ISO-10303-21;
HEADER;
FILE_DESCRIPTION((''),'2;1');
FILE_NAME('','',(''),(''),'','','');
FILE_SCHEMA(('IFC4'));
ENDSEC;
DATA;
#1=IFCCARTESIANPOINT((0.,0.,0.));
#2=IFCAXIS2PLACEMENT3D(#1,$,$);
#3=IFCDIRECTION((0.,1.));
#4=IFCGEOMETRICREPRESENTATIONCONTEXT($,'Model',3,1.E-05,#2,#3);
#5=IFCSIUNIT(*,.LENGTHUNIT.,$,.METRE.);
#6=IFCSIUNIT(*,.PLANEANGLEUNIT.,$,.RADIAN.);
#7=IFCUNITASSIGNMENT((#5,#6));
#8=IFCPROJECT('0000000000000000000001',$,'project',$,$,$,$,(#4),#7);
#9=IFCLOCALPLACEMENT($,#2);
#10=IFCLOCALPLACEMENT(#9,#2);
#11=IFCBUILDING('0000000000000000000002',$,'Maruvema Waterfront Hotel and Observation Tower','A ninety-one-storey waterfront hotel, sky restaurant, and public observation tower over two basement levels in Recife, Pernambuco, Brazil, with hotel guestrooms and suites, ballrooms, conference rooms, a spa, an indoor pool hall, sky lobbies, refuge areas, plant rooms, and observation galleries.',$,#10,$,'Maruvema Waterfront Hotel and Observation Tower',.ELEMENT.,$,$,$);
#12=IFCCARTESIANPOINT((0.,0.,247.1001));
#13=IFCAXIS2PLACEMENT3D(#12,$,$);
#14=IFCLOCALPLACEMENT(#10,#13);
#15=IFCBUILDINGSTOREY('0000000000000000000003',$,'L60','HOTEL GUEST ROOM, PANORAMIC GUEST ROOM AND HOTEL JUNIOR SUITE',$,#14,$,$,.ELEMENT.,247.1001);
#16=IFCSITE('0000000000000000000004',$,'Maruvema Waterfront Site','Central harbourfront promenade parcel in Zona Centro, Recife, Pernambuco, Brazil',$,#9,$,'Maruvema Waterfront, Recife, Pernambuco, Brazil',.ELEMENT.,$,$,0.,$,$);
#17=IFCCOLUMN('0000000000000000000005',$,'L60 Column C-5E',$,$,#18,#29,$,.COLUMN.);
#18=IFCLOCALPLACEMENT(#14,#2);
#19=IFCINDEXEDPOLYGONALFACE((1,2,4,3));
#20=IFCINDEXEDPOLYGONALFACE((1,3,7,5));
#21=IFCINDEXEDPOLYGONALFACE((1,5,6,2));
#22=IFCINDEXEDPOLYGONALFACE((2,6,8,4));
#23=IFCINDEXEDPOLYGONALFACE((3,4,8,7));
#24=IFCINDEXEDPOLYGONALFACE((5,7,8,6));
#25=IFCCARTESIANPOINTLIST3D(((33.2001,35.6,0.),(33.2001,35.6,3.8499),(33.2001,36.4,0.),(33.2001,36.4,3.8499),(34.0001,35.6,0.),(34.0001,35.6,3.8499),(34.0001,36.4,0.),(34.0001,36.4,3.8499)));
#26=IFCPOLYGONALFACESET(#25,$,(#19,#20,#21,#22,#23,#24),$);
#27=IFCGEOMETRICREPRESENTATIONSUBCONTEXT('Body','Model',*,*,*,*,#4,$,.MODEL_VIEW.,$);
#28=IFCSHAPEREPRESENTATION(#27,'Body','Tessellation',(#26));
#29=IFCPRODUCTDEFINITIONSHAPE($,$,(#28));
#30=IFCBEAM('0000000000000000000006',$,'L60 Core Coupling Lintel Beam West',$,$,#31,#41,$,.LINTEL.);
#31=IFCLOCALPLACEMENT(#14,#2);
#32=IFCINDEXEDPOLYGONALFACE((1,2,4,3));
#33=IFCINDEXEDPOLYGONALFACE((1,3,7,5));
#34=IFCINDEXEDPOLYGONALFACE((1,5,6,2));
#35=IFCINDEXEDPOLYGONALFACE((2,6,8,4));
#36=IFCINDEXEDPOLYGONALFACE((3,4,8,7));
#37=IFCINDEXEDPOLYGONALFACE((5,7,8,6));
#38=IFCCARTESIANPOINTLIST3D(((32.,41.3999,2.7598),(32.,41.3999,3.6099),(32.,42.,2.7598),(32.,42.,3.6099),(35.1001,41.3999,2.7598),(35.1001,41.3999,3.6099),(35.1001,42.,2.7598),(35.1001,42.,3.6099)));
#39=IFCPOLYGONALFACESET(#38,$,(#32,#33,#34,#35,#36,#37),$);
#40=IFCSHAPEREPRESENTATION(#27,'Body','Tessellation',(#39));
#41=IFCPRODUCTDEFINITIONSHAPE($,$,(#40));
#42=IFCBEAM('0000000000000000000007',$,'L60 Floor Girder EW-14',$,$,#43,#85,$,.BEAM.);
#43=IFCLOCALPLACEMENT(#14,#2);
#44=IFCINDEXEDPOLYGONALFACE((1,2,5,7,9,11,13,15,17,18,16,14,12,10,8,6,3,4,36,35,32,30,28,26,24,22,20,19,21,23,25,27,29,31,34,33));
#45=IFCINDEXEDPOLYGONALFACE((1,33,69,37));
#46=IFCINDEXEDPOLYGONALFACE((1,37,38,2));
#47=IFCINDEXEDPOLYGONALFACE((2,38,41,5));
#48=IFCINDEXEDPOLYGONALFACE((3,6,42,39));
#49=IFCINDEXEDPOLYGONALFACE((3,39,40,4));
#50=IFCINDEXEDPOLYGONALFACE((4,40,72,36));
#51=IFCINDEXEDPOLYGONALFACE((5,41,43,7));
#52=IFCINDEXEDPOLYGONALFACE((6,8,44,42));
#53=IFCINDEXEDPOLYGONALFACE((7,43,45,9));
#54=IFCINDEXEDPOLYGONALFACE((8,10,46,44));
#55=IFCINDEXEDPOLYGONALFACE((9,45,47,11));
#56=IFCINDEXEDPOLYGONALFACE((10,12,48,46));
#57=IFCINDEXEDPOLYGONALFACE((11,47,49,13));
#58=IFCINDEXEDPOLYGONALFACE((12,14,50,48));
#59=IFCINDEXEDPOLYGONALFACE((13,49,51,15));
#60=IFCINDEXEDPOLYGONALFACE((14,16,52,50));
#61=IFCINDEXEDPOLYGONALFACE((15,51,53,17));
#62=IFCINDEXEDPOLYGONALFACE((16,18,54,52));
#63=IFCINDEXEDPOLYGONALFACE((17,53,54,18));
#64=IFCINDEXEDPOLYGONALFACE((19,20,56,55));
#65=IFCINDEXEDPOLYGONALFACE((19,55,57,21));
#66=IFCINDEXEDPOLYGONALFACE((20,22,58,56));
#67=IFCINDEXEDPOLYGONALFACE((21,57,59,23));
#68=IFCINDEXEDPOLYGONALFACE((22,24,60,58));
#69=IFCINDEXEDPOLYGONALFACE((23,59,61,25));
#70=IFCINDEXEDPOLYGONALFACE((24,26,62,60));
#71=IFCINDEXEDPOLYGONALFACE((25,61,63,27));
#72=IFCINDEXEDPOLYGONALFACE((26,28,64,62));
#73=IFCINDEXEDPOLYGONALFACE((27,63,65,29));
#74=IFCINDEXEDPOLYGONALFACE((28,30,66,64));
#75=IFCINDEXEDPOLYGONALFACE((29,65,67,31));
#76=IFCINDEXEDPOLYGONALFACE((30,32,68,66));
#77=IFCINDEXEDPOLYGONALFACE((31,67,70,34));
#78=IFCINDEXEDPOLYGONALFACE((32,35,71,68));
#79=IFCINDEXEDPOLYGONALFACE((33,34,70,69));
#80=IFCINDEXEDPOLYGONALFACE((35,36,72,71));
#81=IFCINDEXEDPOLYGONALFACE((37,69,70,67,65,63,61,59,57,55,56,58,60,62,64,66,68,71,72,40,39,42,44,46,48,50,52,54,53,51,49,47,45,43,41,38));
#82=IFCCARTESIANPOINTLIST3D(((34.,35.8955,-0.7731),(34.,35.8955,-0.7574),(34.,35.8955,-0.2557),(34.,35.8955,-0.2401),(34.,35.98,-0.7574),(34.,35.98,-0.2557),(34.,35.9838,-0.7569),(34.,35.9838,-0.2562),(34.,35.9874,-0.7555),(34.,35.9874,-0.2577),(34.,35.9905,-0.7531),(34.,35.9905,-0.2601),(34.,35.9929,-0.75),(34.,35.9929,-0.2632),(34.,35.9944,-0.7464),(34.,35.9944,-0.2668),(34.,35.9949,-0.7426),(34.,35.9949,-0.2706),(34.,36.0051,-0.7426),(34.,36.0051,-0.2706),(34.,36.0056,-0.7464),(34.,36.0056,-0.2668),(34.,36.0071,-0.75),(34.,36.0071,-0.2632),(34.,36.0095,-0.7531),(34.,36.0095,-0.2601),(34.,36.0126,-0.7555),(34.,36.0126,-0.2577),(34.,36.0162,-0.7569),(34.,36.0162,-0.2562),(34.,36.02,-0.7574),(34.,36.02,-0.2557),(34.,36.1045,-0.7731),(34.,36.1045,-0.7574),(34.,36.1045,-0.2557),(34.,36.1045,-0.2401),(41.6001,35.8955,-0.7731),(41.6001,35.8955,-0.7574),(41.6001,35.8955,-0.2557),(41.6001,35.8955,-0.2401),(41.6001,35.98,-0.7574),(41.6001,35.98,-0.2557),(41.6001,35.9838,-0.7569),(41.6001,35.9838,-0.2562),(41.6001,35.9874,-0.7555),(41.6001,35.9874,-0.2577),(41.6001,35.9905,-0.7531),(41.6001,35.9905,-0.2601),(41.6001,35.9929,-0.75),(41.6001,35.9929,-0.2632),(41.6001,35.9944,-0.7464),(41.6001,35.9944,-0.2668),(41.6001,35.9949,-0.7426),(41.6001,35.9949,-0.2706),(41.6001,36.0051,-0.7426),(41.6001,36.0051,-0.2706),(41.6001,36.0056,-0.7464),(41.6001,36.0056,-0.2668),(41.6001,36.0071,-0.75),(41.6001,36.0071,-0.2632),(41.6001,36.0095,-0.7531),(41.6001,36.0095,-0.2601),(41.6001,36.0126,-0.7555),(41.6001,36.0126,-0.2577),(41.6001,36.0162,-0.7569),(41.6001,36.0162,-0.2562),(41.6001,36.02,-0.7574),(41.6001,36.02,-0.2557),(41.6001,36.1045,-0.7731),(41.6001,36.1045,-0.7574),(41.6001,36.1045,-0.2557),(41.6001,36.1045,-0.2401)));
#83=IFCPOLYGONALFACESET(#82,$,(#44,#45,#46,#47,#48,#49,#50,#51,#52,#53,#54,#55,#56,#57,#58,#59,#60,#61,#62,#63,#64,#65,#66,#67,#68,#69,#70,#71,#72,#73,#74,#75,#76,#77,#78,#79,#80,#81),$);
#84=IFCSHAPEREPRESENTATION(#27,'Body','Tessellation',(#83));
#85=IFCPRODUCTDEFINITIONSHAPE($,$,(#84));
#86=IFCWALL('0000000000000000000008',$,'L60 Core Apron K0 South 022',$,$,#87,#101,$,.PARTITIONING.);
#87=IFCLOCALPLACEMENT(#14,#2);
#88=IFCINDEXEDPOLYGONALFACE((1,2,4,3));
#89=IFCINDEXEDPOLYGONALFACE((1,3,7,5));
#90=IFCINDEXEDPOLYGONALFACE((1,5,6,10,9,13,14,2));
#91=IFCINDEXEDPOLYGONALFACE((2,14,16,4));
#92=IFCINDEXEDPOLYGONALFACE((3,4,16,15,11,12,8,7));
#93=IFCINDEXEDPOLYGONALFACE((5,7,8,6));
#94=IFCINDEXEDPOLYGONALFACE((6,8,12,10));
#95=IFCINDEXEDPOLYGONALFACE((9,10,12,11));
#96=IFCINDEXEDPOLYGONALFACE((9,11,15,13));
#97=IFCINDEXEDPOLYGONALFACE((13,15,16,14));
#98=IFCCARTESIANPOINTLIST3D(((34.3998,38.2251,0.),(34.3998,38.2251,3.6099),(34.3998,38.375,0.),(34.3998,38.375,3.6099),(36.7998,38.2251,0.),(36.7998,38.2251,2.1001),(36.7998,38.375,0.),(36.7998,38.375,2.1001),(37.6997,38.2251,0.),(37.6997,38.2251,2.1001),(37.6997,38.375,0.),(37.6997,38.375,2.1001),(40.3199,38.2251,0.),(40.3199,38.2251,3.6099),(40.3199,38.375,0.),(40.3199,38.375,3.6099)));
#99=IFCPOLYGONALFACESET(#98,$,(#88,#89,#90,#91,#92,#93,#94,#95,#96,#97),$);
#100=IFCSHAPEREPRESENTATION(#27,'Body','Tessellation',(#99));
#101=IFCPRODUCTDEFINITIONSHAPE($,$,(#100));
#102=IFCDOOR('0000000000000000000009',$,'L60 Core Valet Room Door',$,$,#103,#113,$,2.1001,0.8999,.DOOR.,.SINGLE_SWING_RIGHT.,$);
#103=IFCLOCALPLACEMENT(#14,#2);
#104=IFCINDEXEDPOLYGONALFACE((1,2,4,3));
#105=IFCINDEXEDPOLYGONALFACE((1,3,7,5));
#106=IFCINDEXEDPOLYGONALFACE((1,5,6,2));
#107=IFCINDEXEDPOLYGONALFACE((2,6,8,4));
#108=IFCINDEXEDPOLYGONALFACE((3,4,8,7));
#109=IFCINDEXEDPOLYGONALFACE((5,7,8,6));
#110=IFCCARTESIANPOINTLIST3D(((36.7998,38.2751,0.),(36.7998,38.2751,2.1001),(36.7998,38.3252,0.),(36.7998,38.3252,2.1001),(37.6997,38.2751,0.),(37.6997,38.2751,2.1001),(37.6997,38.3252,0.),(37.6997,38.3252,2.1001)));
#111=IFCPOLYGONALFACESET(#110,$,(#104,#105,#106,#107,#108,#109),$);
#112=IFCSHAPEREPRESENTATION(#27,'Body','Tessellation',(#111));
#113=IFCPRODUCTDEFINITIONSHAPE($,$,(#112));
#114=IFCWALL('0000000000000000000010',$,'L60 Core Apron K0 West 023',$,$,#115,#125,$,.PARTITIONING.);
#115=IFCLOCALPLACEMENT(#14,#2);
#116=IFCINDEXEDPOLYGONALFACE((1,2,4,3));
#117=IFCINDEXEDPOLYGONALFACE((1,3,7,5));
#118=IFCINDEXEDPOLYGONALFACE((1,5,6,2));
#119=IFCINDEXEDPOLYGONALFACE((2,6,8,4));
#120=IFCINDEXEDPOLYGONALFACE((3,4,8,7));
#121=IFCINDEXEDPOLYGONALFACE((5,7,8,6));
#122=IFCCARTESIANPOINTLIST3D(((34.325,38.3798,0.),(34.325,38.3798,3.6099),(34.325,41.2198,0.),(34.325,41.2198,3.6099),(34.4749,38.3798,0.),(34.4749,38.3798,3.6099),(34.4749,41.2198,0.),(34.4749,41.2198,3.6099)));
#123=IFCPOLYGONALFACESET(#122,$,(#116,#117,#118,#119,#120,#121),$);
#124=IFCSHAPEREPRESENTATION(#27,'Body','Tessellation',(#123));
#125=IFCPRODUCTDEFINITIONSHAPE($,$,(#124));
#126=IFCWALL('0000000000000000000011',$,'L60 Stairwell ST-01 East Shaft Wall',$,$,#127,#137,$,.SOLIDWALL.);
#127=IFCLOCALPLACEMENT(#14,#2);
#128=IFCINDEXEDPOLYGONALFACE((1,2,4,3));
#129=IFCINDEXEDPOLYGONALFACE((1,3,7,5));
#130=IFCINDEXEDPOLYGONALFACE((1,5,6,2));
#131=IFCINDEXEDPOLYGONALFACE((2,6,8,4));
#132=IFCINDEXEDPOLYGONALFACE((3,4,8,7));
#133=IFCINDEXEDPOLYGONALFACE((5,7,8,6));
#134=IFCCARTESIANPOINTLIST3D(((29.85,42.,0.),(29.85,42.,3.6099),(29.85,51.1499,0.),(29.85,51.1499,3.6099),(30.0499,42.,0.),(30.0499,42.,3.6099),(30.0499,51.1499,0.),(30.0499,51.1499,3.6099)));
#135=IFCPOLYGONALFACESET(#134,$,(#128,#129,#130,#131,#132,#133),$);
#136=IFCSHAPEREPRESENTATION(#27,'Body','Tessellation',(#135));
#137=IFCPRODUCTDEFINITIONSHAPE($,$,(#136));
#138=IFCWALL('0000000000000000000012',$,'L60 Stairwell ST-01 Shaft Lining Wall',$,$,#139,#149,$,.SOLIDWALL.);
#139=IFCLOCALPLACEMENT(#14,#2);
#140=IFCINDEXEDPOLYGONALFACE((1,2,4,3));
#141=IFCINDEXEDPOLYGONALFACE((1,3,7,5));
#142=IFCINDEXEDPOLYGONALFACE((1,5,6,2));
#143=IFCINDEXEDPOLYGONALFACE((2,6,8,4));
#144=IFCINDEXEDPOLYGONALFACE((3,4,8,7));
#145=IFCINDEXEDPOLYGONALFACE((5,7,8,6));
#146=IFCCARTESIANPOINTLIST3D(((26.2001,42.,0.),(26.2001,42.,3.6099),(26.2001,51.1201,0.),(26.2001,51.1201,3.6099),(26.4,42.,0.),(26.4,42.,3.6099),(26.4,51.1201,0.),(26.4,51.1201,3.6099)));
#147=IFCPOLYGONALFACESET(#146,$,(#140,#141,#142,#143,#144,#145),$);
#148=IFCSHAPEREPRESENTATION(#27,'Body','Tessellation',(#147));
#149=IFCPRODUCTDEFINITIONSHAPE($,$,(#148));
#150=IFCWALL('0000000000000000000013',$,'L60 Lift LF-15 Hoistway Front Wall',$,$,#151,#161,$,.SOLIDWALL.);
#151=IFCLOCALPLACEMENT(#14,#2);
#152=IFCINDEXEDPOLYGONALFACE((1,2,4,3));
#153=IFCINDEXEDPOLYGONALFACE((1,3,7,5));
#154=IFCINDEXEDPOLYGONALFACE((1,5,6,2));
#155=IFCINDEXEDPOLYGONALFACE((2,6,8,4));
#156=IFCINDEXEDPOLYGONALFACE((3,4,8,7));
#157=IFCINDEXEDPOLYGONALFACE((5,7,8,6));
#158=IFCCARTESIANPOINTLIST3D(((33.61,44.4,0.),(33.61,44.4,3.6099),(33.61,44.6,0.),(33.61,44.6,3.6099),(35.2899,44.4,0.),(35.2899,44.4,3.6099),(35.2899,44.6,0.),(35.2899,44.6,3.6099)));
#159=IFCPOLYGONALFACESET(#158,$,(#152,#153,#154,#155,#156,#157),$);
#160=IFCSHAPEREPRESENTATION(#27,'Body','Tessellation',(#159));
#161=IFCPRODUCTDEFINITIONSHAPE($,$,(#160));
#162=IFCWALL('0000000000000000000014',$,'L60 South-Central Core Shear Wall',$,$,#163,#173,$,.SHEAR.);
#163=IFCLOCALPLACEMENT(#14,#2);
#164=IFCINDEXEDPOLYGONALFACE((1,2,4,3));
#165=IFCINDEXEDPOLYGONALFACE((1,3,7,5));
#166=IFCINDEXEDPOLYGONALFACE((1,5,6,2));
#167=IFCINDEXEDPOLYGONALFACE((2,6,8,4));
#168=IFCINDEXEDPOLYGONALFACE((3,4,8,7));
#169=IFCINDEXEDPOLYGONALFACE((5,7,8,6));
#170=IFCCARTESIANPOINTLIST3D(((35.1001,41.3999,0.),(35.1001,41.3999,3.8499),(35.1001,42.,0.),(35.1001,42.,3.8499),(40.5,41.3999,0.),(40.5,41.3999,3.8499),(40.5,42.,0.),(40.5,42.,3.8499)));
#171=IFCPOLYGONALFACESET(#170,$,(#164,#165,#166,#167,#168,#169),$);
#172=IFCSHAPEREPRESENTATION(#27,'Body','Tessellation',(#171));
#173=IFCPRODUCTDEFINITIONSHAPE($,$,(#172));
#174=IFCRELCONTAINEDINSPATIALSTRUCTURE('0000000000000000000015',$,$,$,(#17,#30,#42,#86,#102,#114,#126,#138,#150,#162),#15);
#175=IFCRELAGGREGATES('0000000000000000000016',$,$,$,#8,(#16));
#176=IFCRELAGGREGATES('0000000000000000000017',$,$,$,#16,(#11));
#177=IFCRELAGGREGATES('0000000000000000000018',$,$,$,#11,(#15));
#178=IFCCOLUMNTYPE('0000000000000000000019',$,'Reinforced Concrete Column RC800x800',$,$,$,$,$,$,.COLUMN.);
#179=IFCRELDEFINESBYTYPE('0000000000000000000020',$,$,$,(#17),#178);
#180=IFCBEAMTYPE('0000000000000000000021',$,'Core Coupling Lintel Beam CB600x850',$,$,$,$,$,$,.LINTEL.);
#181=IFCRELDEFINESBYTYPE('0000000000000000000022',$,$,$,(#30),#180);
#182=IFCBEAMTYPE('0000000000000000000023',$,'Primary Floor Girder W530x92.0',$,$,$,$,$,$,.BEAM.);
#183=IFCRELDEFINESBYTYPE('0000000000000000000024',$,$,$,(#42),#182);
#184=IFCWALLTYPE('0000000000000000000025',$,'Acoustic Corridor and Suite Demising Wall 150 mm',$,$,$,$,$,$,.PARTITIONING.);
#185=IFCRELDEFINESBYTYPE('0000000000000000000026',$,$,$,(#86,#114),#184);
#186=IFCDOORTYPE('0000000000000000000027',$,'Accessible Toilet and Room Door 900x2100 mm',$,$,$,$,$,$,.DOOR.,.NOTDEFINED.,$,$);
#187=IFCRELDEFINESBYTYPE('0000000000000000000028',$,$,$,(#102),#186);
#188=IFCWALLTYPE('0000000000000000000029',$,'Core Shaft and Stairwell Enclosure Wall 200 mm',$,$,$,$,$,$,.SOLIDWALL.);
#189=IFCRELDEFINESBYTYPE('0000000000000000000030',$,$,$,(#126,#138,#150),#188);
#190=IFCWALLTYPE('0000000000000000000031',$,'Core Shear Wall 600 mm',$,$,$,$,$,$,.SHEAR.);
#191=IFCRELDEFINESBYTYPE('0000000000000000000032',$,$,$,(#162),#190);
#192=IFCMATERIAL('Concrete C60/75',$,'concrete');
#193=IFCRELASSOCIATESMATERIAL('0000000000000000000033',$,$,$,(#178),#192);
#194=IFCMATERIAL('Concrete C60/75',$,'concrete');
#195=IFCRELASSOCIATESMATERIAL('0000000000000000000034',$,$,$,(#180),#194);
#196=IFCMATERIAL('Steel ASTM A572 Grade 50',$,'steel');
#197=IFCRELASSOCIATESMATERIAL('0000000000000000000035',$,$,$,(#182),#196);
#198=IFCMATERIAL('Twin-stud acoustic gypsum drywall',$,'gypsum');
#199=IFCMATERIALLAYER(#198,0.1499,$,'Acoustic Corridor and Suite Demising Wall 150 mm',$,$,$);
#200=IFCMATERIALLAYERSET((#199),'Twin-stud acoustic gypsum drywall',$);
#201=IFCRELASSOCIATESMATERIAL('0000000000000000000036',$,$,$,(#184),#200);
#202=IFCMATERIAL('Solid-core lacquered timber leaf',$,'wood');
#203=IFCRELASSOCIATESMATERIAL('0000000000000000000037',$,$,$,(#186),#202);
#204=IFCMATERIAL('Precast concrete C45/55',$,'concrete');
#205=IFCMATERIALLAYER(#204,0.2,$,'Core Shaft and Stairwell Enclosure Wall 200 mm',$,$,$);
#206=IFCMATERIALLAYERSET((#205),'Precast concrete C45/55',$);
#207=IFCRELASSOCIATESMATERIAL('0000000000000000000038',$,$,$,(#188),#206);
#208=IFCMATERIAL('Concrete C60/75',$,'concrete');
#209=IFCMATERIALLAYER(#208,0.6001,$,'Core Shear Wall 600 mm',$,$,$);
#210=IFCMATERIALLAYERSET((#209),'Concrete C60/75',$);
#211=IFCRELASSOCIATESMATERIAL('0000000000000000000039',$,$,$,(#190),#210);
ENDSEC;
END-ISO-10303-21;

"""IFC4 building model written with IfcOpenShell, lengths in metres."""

from ifc_helpers import new_model, si_unit, direction, frame, frame_2d, origin, origin_2d, place, context, subcontext, project, spatial, rectangle, i_section, extrude, material, layer, layer_set, material_profile, profile_set, type_object, element, fill, save


model = new_model("IFC4")

# Units and contexts
model_context = context("Model", 3, precision=1e-05, world=origin(), true_north=direction((0.0, 1.0)))
body_context = subcontext(model_context, "Body", "Model", "MODEL_VIEW")
ifc_project = project(units=[si_unit("LENGTHUNIT", "METRE"), si_unit("PLANEANGLEUNIT", "RADIAN")], contexts=[model_context])

# Site, building, storey
site_placement = place(None, origin())
site = spatial("IfcSite", under=ifc_project, at=site_placement, Name="Maruvema Waterfront Site", Description="Central harbourfront promenade parcel in Zona Centro, Recife, Pernambuco, Brazil", LongName="Maruvema Waterfront, Recife, Pernambuco, Brazil", CompositionType="ELEMENT", RefElevation=0.0)
building_placement = place(site_placement, origin())
building = spatial("IfcBuilding", under=site, at=building_placement, Name="Maruvema Waterfront Hotel and Observation Tower", Description="A ninety-one-storey waterfront hotel, sky restaurant, and public observation tower over two basement levels in Recife, Pernambuco, Brazil, with hotel guestrooms and suites, ballrooms, conference rooms, a spa, an indoor pool hall, sky lobbies, refuge areas, plant rooms, and observation galleries.", LongName="Maruvema Waterfront Hotel and Observation Tower", CompositionType="ELEMENT")
storey_placement = place(building_placement, frame((0.0, 0.0, 247.1001)))
storey = spatial("IfcBuildingStorey", under=building, at=storey_placement, Name="L60", Description="HOTEL GUEST ROOM, PANORAMIC GUEST ROOM AND HOTEL JUNIOR SUITE", CompositionType="ELEMENT", Elevation=247.1001)

# Column
ifc_material_1 = material(Name="Concrete C60/75", Category="concrete")
ifc_material_profile_1 = material_profile(ifc_material_1, rectangle(XDim=0.8, YDim=0.8, at=origin_2d()), Name="RC800x800")
ifc_profile_set_1 = profile_set([ifc_material_profile_1], Name="Concrete C60/75")
column_type = type_object("IfcColumnType", Name="Reinforced Concrete Column RC800x800", PredefinedType="COLUMN", material=ifc_profile_set_1)
column_placement = place(storey_placement, frame((33.6001, 36.0, 0.0), z_axis=(0.0, 0.0, 1.0), x_axis=(1.0, 0.0, 0.0)))
element("IfcColumn", 1, at=column_placement, inside=storey, type_object=column_type, Name="L60 Column C-5E", PredefinedType="COLUMN", context=body_context, shape_type="SweptSolid", body=[
    extrude(rectangle(XDim=0.8, YDim=0.8, at=origin_2d()), origin(), (0.0, 0.0, 1.0), 3.8499),
])

# Beams
ifc_material_2 = material(Name="Concrete C60/75", Category="concrete")
ifc_material_profile_2 = material_profile(ifc_material_2, rectangle(XDim=0.6001, YDim=0.8501, at=origin_2d()), Name="CB600x850")
ifc_profile_set_2 = profile_set([ifc_material_profile_2], Name="Concrete C60/75")
beam_type_1 = type_object("IfcBeamType", Name="Core Coupling Lintel Beam CB600x850", PredefinedType="LINTEL", material=ifc_profile_set_2)
beam_1_placement = place(storey_placement, frame((32.0, 41.7, 3.1848), z_axis=(1.0, 0.0, 0.0), x_axis=(0.0, 1.0, 0.0)))
element("IfcBeam", 2, at=beam_1_placement, inside=storey, type_object=beam_type_1, Name="L60 Core Coupling Lintel Beam West", PredefinedType="LINTEL", context=body_context, shape_type="SweptSolid", body=[
    extrude(rectangle(XDim=0.6001, YDim=0.8501, at=origin_2d()), origin(), (0.0, 0.0, 1.0), 3.1001),
])
ifc_material_3 = material(Name="Steel ASTM A572 Grade 50", Category="steel")
ifc_material_profile_3 = material_profile(ifc_material_3, i_section(OverallWidth=0.209, OverallDepth=0.533, WebThickness=0.0103, FlangeThickness=0.0156, FilletRadius=0.0149, at=origin_2d()), Name="W530x92.0")
ifc_profile_set_3 = profile_set([ifc_material_profile_3], Name="Steel ASTM A572 Grade 50")
beam_type_2 = type_object("IfcBeamType", Name="Primary Floor Girder W530x92.0", PredefinedType="BEAM", material=ifc_profile_set_3)
beam_2_placement = place(storey_placement, frame((34.0, 36.0, -0.5066), z_axis=(1.0, 0.0, 0.0), x_axis=(0.0, 1.0, 0.0)))
element("IfcBeam", 3, at=beam_2_placement, inside=storey, type_object=beam_type_2, Name="L60 Floor Girder EW-14", PredefinedType="BEAM", context=body_context, shape_type="SweptSolid", body=[
    extrude(i_section(OverallWidth=0.209, OverallDepth=0.533, WebThickness=0.0103, FlangeThickness=0.0156, FilletRadius=0.0149, at=origin_2d()), origin(), (0.0, 0.0, 1.0), 7.6001),
])

# Wall, opening, door
ifc_material_4 = material(Name="Twin-stud acoustic gypsum drywall", Category="gypsum")
ifc_layer_1 = layer(ifc_material_4, 0.1499, Name="Acoustic Corridor and Suite Demising Wall 150 mm")
ifc_layer_set_1 = layer_set([ifc_layer_1], Name="Twin-stud acoustic gypsum drywall")
wall_type_1 = type_object("IfcWallType", Name="Acoustic Corridor and Suite Demising Wall 150 mm", PredefinedType="PARTITIONING", material=ifc_layer_set_1)
wall_1_placement = place(storey_placement, frame((34.3999, 38.3, 0.0), z_axis=(0.0, 0.0, 1.0), x_axis=(1.0, 0.0, 0.0)))
wall_1 = element("IfcWall", 4, at=wall_1_placement, inside=storey, type_object=wall_type_1, Name="L60 Core Apron K0 South 022", PredefinedType="PARTITIONING", context=body_context, shape_type="SweptSolid", body=[
    extrude(rectangle(XDim=5.9202, YDim=0.1499, at=frame_2d((2.96, 0.0))), origin(), (0.0, 0.0, 1.0), 3.6099),
])
opening_1_placement = place(wall_1_placement, frame((2.3999, 0.0, 0.0)))
opening_1 = element("IfcOpeningElement", 5, at=opening_1_placement, cuts=wall_1, PredefinedType="OPENING", context=body_context, shape_type="SweptSolid", body=[
    extrude(rectangle(XDim=0.8999, YDim=2.1001, at=frame_2d((0.45, 1.05))), frame((0.0, 0.085, 0.0), z_axis=(0.0, -1.0, 0.0), x_axis=(1.0, 0.0, 0.0)), (0.0, 0.0, 1.0), 0.1699),
])
ifc_material_5 = material(Name="Solid-core lacquered timber leaf", Category="wood")
door_type_1 = type_object("IfcDoorType", Name="Accessible Toilet and Room Door 900x2100 mm", OperationType="NOTDEFINED", PredefinedType="DOOR", material=ifc_material_5)
door_1_placement = place(opening_1_placement, frame((0.8999, 0.0, 0.0), z_axis=(0.0, 0.0, 1.0), x_axis=(-1.0, 0.0, 0.0)))
door_1 = element("IfcDoor", 6, at=door_1_placement, inside=storey, type_object=door_type_1, Name="L60 Core Valet Room Door", OperationType="SINGLE_SWING_RIGHT", OverallHeight=2.1001, OverallWidth=0.8999, PredefinedType="DOOR", context=body_context, shape_type="SweptSolid", body=[
    extrude(rectangle(XDim=0.8999, YDim=2.1001, at=frame_2d((0.45, 1.05))), frame((0.0, 0.0249, 0.0), z_axis=(0.0, -1.0, 0.0), x_axis=(1.0, 0.0, 0.0)), (0.0, 0.0, 1.0), 0.05),
])
fill(opening_1, door_1)

# Walls
wall_2_placement = place(storey_placement, frame((34.3999, 38.3799, 0.0), z_axis=(0.0, 0.0, 1.0), x_axis=(0.0, 1.0, 0.0)))
element("IfcWall", 7, at=wall_2_placement, inside=storey, type_object=wall_type_1, Name="L60 Core Apron K0 West 023", PredefinedType="PARTITIONING", context=body_context, shape_type="SweptSolid", body=[
    extrude(rectangle(XDim=2.8401, YDim=0.1499, at=frame_2d((1.4199, 0.0))), origin(), (0.0, 0.0, 1.0), 3.6099),
])
ifc_material_6 = material(Name="Precast concrete C45/55", Category="concrete")
ifc_layer_2 = layer(ifc_material_6, 0.2, Name="Core Shaft and Stairwell Enclosure Wall 200 mm")
ifc_layer_set_2 = layer_set([ifc_layer_2], Name="Precast concrete C45/55")
wall_type_2 = type_object("IfcWallType", Name="Core Shaft and Stairwell Enclosure Wall 200 mm", PredefinedType="SOLIDWALL", material=ifc_layer_set_2)
wall_3_placement = place(storey_placement, frame((29.95, 42.0, 0.0), z_axis=(0.0, 0.0, 1.0), x_axis=(0.0, 1.0, 0.0)))
element("IfcWall", 8, at=wall_3_placement, inside=storey, type_object=wall_type_2, Name="L60 Stairwell ST-01 East Shaft Wall", PredefinedType="SOLIDWALL", context=body_context, shape_type="SweptSolid", body=[
    extrude(rectangle(XDim=9.1499, YDim=0.2, at=frame_2d((4.575, 0.0))), origin(), (0.0, 0.0, 1.0), 3.6099),
])
wall_4_placement = place(storey_placement, frame((26.3, 42.0, 0.0), z_axis=(0.0, 0.0, 1.0), x_axis=(0.0, 1.0, 0.0)))
element("IfcWall", 9, at=wall_4_placement, inside=storey, type_object=wall_type_2, Name="L60 Stairwell ST-01 Shaft Lining Wall", PredefinedType="SOLIDWALL", context=body_context, shape_type="SweptSolid", body=[
    extrude(rectangle(XDim=9.1201, YDim=0.2, at=frame_2d((4.5601, 0.0))), origin(), (0.0, 0.0, 1.0), 3.6099),
])

# Walls
wall_5_placement = place(storey_placement, frame((33.6101, 44.5, 0.0), z_axis=(0.0, 0.0, 1.0), x_axis=(1.0, 0.0, 0.0)))
element("IfcWall", 10, at=wall_5_placement, inside=storey, type_object=wall_type_2, Name="L60 Lift LF-15 Hoistway Front Wall", PredefinedType="SOLIDWALL", context=body_context, shape_type="SweptSolid", body=[
    extrude(rectangle(XDim=1.6799, YDim=0.2, at=frame_2d((0.8398, 0.0))), origin(), (0.0, 0.0, 1.0), 3.6099),
])
ifc_material_7 = material(Name="Concrete C60/75", Category="concrete")
ifc_layer_3 = layer(ifc_material_7, 0.6001, Name="Core Shear Wall 600 mm")
ifc_layer_set_3 = layer_set([ifc_layer_3], Name="Concrete C60/75")
wall_type_3 = type_object("IfcWallType", Name="Core Shear Wall 600 mm", PredefinedType="SHEAR", material=ifc_layer_set_3)
wall_6_placement = place(storey_placement, frame((35.1001, 41.7, 0.0), z_axis=(0.0, 0.0, 1.0), x_axis=(1.0, 0.0, 0.0)))
element("IfcWall", 11, at=wall_6_placement, inside=storey, type_object=wall_type_3, Name="L60 South-Central Core Shear Wall", PredefinedType="SHEAR", context=body_context, shape_type="SweptSolid", body=[
    extrude(rectangle(XDim=5.3999, YDim=0.6001, at=frame_2d((2.7, 0.0))), origin(), (0.0, 0.0, 1.0), 3.8499),
])

save(model, "model.ifc")
